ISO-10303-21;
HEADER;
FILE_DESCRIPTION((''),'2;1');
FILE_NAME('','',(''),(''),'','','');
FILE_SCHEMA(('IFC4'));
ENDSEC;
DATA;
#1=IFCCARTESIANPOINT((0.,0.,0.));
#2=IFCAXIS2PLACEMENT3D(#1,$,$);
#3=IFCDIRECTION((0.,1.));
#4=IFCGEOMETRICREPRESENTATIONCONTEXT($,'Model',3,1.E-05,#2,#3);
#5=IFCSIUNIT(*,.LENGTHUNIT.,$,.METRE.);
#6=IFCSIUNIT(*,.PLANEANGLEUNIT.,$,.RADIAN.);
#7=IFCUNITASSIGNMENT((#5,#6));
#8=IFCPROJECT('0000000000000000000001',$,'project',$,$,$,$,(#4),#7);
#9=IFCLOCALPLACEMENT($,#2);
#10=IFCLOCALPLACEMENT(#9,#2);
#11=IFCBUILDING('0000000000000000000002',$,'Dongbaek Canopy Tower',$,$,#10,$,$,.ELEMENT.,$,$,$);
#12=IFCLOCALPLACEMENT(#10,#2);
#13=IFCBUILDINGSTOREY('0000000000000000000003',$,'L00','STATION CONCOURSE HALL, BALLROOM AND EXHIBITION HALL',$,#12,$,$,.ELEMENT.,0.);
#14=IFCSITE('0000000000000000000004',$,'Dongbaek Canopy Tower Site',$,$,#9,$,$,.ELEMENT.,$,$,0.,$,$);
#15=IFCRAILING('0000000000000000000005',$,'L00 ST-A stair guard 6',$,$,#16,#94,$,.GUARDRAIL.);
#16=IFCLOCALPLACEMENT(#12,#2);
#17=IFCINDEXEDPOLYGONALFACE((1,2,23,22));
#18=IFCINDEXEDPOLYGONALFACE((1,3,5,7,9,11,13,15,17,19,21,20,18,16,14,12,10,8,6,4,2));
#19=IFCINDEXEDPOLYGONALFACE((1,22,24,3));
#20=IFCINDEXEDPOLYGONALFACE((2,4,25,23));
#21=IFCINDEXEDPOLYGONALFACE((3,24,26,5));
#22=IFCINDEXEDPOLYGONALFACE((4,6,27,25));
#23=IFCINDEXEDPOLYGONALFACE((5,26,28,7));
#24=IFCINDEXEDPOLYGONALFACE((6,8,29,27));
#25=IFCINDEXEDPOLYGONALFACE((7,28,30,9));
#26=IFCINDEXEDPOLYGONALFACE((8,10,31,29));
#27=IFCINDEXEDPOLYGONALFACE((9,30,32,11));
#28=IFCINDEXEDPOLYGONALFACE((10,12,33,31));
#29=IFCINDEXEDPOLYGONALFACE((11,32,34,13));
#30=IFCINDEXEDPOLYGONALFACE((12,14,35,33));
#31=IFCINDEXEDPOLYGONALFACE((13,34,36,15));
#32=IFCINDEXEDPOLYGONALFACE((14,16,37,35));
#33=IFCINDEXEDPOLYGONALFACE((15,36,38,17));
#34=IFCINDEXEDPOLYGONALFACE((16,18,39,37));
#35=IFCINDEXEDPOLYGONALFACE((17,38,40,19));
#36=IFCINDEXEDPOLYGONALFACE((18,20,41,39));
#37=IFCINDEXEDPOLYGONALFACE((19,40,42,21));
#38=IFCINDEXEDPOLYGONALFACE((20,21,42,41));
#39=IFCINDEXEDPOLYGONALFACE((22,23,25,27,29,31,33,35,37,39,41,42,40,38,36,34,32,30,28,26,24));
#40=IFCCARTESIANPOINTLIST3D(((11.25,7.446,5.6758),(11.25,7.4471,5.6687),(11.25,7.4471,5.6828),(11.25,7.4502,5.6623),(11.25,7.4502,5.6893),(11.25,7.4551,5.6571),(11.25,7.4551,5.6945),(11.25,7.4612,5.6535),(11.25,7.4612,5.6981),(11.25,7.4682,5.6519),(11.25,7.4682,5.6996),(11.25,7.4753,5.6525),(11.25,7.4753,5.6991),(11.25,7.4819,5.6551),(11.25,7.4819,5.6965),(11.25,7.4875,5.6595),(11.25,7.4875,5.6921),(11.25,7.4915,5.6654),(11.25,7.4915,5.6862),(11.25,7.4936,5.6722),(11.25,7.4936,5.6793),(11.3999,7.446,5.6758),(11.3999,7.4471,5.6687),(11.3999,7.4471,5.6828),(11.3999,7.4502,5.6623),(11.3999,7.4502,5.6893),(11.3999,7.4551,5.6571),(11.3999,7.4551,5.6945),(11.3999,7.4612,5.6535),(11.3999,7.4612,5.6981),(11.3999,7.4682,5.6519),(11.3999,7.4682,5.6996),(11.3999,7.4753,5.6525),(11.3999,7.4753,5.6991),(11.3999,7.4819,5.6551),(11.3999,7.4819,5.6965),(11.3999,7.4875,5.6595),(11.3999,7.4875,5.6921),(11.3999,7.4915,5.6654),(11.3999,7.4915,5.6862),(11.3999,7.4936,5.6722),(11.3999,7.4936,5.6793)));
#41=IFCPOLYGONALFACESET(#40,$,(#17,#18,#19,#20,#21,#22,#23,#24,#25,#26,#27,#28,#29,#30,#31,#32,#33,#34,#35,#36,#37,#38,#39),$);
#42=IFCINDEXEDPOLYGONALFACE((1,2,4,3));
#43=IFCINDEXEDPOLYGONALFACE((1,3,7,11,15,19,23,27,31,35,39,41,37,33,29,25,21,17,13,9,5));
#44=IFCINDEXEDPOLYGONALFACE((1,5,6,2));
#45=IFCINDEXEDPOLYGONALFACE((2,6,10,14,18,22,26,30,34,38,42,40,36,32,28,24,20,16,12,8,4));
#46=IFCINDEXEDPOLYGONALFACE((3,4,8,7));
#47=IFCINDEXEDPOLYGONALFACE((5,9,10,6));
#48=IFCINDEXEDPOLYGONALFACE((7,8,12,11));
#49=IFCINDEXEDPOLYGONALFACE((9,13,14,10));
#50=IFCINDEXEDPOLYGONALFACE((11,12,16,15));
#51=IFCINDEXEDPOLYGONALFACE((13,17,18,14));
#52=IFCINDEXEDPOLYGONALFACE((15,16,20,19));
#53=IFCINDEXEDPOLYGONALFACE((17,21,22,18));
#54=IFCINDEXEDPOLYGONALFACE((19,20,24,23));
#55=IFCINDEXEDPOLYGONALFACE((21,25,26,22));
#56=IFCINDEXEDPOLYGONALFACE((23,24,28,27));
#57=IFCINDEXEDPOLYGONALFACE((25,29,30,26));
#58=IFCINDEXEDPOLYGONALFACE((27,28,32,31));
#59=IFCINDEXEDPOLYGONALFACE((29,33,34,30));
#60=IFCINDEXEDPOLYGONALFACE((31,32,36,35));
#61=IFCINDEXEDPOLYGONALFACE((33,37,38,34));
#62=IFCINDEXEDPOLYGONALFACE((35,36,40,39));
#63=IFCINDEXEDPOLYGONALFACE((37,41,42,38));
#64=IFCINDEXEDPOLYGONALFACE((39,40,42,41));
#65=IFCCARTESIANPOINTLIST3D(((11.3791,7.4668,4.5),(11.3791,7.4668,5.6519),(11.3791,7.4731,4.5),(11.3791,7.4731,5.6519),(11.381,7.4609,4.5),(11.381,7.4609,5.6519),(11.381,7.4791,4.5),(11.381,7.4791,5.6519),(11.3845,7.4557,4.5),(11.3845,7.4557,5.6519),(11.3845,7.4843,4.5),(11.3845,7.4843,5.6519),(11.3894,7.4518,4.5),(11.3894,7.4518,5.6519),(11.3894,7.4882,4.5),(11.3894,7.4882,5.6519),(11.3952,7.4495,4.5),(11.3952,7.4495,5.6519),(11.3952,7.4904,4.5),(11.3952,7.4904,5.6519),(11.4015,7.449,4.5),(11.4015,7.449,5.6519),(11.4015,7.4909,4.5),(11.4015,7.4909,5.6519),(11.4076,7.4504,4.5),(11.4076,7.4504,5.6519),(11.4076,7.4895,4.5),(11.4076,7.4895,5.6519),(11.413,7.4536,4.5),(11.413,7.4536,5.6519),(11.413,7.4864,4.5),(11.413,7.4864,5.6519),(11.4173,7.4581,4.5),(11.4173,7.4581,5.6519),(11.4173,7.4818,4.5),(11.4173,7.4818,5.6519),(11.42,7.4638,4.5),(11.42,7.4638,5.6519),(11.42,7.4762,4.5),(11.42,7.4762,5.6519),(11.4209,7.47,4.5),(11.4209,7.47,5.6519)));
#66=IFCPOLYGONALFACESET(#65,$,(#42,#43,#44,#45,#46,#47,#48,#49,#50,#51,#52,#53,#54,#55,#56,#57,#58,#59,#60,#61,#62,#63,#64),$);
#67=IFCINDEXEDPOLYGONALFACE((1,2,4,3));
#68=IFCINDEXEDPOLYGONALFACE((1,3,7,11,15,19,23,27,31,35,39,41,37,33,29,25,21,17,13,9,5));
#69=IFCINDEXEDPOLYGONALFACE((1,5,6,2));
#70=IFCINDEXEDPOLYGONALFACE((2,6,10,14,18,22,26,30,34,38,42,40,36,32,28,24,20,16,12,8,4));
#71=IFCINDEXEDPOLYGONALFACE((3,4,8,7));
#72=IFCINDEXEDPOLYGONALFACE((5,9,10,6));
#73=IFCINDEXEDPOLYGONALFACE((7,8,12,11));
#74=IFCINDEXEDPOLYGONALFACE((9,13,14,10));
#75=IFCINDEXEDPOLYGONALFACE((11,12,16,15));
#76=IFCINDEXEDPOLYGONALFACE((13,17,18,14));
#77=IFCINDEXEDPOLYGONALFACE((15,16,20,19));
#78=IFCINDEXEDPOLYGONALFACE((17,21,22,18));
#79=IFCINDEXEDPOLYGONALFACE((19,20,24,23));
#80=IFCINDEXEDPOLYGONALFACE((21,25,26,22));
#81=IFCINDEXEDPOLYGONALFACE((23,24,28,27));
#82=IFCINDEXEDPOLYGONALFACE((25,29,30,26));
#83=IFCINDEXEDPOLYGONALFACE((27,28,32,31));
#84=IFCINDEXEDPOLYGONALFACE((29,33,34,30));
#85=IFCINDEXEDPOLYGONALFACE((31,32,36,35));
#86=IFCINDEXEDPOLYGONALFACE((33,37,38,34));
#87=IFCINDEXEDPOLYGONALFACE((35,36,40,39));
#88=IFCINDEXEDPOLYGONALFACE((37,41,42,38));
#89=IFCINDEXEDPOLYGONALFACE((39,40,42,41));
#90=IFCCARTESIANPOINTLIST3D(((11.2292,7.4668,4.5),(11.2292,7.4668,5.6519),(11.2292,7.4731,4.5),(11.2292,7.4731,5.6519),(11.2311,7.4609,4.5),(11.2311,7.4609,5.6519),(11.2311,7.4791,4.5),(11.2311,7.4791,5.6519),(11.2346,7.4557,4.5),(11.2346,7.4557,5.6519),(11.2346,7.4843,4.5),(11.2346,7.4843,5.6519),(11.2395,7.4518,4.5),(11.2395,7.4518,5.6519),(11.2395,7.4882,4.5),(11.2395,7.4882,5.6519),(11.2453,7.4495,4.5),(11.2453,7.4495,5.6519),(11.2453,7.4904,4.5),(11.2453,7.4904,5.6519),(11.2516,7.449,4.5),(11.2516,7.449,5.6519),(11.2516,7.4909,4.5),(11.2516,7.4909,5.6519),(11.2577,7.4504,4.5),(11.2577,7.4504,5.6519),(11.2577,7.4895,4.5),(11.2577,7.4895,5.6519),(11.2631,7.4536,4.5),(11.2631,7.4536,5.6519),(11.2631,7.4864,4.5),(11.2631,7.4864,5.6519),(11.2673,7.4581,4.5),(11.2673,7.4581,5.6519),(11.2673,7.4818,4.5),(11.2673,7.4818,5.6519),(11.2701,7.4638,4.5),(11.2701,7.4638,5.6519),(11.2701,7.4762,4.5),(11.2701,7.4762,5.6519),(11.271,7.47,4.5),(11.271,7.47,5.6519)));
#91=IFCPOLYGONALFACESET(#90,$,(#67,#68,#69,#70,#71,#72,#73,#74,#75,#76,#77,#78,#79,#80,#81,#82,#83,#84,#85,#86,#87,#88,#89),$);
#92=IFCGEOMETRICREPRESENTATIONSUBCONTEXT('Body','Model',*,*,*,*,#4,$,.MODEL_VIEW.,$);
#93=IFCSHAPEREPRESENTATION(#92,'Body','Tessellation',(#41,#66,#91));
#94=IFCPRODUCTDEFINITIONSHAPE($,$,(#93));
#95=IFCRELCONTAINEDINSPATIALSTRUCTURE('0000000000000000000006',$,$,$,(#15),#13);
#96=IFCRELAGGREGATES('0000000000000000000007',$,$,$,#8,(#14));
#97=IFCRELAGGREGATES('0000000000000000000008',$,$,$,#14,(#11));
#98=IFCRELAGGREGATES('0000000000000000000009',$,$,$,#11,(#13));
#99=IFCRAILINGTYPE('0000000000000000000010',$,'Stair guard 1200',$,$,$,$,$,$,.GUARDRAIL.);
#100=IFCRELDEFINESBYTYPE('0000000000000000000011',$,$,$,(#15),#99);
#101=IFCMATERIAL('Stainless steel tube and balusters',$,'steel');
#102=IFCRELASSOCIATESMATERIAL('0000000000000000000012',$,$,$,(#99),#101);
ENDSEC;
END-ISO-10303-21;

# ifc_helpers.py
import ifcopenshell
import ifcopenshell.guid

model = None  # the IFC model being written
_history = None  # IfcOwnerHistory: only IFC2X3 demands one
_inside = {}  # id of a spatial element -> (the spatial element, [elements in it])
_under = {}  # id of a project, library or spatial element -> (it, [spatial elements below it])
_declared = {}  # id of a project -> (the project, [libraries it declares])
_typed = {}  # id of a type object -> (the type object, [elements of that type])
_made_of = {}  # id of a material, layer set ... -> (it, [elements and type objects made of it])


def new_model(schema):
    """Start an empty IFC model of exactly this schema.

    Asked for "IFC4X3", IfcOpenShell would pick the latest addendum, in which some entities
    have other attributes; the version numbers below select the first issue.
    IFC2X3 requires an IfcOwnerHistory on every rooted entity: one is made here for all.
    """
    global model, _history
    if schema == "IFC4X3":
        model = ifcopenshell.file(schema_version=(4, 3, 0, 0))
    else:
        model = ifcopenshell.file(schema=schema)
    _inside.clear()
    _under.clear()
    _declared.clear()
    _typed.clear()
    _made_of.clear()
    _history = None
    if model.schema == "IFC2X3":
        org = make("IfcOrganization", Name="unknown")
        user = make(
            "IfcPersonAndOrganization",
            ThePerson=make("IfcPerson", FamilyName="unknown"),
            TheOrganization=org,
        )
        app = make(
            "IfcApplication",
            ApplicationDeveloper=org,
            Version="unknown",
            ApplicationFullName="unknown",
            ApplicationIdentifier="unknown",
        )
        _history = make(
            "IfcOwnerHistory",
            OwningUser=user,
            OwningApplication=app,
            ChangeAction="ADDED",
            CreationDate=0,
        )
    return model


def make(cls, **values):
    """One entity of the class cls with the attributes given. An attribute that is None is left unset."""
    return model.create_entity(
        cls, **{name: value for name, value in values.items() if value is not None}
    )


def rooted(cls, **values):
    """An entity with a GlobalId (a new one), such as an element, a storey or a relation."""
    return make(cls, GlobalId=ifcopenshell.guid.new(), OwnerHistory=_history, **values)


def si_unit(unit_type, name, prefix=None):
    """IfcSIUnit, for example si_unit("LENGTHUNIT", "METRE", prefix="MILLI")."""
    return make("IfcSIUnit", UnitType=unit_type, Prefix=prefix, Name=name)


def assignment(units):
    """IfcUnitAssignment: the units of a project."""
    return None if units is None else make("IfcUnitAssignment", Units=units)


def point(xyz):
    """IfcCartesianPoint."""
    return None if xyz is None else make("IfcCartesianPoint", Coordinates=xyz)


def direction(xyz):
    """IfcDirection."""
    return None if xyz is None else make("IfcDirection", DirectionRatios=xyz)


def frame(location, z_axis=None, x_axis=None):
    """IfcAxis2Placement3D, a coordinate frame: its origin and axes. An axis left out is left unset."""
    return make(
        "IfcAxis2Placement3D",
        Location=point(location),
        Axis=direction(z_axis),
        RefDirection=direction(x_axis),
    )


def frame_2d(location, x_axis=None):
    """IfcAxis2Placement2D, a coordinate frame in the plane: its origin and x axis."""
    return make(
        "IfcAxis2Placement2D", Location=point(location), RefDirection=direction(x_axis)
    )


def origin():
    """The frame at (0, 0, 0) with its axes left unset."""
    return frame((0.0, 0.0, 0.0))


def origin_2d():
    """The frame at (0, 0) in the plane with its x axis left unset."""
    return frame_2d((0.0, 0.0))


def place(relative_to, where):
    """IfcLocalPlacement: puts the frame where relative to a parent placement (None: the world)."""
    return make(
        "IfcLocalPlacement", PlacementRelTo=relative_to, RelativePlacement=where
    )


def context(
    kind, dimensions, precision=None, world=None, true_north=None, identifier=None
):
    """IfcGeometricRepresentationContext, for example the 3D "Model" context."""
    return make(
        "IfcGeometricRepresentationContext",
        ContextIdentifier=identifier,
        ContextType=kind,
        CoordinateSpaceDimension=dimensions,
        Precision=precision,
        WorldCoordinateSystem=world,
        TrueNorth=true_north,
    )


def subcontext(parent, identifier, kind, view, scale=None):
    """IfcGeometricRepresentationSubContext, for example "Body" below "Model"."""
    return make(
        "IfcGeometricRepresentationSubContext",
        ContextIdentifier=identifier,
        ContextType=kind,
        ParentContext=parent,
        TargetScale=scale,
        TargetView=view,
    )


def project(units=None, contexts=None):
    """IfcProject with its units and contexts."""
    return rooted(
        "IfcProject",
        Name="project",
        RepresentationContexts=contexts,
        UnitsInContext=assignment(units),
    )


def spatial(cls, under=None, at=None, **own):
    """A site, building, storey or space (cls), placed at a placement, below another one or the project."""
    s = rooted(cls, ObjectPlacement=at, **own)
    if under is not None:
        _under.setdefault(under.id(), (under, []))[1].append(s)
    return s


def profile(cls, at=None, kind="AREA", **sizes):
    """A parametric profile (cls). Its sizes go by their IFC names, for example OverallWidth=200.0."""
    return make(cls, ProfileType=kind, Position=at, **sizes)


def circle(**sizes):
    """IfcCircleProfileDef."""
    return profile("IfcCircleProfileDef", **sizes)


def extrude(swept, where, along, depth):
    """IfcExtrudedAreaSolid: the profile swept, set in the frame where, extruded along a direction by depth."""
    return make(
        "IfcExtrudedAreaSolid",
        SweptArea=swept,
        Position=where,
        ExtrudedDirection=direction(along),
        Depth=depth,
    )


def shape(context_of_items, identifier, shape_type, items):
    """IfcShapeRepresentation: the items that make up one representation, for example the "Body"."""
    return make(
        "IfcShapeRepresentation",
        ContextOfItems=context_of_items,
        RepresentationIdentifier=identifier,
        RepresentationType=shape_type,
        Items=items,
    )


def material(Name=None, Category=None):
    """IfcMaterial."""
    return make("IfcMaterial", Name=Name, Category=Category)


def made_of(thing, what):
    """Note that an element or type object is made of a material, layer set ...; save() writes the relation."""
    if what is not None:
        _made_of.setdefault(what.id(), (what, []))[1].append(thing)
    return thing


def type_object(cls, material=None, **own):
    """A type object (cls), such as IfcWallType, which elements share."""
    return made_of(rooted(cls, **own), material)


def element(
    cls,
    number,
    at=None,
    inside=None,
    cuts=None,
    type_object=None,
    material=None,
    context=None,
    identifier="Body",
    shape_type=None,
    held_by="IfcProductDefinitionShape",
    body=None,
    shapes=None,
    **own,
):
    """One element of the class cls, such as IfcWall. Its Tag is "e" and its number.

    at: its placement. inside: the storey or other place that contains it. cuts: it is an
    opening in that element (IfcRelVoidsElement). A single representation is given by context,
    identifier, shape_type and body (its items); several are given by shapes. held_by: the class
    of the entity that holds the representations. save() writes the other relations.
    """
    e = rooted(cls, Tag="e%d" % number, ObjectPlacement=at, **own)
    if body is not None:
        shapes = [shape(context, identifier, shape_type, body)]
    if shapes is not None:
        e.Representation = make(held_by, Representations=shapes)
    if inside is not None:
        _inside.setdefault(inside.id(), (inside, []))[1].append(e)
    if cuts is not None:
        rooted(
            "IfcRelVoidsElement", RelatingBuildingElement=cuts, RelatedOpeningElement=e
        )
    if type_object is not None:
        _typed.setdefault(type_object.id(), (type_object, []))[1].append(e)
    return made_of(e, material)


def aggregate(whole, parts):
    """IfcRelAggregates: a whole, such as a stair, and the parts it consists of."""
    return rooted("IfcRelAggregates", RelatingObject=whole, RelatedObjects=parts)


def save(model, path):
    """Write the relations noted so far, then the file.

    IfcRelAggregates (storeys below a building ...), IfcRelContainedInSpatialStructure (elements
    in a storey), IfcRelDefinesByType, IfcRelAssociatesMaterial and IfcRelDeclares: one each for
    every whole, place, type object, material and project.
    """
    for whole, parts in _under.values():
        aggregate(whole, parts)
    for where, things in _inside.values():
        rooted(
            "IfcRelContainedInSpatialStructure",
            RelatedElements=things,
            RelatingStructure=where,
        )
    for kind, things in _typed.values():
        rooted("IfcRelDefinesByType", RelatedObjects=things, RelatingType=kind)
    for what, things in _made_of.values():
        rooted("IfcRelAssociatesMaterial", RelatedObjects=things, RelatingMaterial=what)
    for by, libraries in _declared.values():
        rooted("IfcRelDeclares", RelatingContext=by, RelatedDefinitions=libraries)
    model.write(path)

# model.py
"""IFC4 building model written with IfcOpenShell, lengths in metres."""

from ifc_helpers import new_model, si_unit, direction, frame, origin, origin_2d, place, context, subcontext, project, spatial, circle, extrude, material, type_object, element, save


model = new_model("IFC4")

# Units and contexts
model_context = context("Model", 3, precision=1e-05, world=origin(), true_north=direction((0.0, 1.0)))
body_context = subcontext(model_context, "Body", "Model", "MODEL_VIEW")
ifc_project = project(units=[si_unit("LENGTHUNIT", "METRE"), si_unit("PLANEANGLEUNIT", "RADIAN")], contexts=[model_context])

# Site, building, storey
site_placement = place(None, origin())
site = spatial("IfcSite", under=ifc_project, at=site_placement, Name="Dongbaek Canopy Tower Site", CompositionType="ELEMENT", RefElevation=0.0)
building_placement = place(site_placement, origin())
building = spatial("IfcBuilding", under=site, at=building_placement, Name="Dongbaek Canopy Tower", CompositionType="ELEMENT")
storey_placement = place(building_placement, origin())
storey = spatial("IfcBuildingStorey", under=building, at=storey_placement, Name="L00", Description="STATION CONCOURSE HALL, BALLROOM AND EXHIBITION HALL", CompositionType="ELEMENT", Elevation=0.0)

# Railing
ifc_material_1 = material(Name="Stainless steel tube and balusters", Category="steel")
railing_type_1 = type_object("IfcRailingType", Name="Stair guard 1200", PredefinedType="GUARDRAIL", material=ifc_material_1)
railing_1_placement = place(storey_placement, frame((11.3999, 7.47, 4.5)))
element("IfcRailing", 1, at=railing_1_placement, inside=storey, type_object=railing_type_1, Name="L00 ST-A stair guard 6", PredefinedType="GUARDRAIL", context=body_context, shape_type="SweptSolid", body=[
    extrude(circle(Radius=0.0239, at=origin_2d()), frame((0.0, 0.0, 1.1758), z_axis=(-1.0, 0.0, 0.0), x_axis=(0.0, -1.0, 0.0)), (0.0, 0.0, 1.0), 0.1499),
    extrude(circle(Radius=0.021, at=origin_2d()), origin(), (0.0, 0.0, 1.0), 1.1519),
    extrude(circle(Radius=0.021, at=origin_2d()), frame((-0.1499, 0.0, 0.0)), (0.0, 0.0, 1.0), 1.1519),
])

save(model, "model.ifc")
